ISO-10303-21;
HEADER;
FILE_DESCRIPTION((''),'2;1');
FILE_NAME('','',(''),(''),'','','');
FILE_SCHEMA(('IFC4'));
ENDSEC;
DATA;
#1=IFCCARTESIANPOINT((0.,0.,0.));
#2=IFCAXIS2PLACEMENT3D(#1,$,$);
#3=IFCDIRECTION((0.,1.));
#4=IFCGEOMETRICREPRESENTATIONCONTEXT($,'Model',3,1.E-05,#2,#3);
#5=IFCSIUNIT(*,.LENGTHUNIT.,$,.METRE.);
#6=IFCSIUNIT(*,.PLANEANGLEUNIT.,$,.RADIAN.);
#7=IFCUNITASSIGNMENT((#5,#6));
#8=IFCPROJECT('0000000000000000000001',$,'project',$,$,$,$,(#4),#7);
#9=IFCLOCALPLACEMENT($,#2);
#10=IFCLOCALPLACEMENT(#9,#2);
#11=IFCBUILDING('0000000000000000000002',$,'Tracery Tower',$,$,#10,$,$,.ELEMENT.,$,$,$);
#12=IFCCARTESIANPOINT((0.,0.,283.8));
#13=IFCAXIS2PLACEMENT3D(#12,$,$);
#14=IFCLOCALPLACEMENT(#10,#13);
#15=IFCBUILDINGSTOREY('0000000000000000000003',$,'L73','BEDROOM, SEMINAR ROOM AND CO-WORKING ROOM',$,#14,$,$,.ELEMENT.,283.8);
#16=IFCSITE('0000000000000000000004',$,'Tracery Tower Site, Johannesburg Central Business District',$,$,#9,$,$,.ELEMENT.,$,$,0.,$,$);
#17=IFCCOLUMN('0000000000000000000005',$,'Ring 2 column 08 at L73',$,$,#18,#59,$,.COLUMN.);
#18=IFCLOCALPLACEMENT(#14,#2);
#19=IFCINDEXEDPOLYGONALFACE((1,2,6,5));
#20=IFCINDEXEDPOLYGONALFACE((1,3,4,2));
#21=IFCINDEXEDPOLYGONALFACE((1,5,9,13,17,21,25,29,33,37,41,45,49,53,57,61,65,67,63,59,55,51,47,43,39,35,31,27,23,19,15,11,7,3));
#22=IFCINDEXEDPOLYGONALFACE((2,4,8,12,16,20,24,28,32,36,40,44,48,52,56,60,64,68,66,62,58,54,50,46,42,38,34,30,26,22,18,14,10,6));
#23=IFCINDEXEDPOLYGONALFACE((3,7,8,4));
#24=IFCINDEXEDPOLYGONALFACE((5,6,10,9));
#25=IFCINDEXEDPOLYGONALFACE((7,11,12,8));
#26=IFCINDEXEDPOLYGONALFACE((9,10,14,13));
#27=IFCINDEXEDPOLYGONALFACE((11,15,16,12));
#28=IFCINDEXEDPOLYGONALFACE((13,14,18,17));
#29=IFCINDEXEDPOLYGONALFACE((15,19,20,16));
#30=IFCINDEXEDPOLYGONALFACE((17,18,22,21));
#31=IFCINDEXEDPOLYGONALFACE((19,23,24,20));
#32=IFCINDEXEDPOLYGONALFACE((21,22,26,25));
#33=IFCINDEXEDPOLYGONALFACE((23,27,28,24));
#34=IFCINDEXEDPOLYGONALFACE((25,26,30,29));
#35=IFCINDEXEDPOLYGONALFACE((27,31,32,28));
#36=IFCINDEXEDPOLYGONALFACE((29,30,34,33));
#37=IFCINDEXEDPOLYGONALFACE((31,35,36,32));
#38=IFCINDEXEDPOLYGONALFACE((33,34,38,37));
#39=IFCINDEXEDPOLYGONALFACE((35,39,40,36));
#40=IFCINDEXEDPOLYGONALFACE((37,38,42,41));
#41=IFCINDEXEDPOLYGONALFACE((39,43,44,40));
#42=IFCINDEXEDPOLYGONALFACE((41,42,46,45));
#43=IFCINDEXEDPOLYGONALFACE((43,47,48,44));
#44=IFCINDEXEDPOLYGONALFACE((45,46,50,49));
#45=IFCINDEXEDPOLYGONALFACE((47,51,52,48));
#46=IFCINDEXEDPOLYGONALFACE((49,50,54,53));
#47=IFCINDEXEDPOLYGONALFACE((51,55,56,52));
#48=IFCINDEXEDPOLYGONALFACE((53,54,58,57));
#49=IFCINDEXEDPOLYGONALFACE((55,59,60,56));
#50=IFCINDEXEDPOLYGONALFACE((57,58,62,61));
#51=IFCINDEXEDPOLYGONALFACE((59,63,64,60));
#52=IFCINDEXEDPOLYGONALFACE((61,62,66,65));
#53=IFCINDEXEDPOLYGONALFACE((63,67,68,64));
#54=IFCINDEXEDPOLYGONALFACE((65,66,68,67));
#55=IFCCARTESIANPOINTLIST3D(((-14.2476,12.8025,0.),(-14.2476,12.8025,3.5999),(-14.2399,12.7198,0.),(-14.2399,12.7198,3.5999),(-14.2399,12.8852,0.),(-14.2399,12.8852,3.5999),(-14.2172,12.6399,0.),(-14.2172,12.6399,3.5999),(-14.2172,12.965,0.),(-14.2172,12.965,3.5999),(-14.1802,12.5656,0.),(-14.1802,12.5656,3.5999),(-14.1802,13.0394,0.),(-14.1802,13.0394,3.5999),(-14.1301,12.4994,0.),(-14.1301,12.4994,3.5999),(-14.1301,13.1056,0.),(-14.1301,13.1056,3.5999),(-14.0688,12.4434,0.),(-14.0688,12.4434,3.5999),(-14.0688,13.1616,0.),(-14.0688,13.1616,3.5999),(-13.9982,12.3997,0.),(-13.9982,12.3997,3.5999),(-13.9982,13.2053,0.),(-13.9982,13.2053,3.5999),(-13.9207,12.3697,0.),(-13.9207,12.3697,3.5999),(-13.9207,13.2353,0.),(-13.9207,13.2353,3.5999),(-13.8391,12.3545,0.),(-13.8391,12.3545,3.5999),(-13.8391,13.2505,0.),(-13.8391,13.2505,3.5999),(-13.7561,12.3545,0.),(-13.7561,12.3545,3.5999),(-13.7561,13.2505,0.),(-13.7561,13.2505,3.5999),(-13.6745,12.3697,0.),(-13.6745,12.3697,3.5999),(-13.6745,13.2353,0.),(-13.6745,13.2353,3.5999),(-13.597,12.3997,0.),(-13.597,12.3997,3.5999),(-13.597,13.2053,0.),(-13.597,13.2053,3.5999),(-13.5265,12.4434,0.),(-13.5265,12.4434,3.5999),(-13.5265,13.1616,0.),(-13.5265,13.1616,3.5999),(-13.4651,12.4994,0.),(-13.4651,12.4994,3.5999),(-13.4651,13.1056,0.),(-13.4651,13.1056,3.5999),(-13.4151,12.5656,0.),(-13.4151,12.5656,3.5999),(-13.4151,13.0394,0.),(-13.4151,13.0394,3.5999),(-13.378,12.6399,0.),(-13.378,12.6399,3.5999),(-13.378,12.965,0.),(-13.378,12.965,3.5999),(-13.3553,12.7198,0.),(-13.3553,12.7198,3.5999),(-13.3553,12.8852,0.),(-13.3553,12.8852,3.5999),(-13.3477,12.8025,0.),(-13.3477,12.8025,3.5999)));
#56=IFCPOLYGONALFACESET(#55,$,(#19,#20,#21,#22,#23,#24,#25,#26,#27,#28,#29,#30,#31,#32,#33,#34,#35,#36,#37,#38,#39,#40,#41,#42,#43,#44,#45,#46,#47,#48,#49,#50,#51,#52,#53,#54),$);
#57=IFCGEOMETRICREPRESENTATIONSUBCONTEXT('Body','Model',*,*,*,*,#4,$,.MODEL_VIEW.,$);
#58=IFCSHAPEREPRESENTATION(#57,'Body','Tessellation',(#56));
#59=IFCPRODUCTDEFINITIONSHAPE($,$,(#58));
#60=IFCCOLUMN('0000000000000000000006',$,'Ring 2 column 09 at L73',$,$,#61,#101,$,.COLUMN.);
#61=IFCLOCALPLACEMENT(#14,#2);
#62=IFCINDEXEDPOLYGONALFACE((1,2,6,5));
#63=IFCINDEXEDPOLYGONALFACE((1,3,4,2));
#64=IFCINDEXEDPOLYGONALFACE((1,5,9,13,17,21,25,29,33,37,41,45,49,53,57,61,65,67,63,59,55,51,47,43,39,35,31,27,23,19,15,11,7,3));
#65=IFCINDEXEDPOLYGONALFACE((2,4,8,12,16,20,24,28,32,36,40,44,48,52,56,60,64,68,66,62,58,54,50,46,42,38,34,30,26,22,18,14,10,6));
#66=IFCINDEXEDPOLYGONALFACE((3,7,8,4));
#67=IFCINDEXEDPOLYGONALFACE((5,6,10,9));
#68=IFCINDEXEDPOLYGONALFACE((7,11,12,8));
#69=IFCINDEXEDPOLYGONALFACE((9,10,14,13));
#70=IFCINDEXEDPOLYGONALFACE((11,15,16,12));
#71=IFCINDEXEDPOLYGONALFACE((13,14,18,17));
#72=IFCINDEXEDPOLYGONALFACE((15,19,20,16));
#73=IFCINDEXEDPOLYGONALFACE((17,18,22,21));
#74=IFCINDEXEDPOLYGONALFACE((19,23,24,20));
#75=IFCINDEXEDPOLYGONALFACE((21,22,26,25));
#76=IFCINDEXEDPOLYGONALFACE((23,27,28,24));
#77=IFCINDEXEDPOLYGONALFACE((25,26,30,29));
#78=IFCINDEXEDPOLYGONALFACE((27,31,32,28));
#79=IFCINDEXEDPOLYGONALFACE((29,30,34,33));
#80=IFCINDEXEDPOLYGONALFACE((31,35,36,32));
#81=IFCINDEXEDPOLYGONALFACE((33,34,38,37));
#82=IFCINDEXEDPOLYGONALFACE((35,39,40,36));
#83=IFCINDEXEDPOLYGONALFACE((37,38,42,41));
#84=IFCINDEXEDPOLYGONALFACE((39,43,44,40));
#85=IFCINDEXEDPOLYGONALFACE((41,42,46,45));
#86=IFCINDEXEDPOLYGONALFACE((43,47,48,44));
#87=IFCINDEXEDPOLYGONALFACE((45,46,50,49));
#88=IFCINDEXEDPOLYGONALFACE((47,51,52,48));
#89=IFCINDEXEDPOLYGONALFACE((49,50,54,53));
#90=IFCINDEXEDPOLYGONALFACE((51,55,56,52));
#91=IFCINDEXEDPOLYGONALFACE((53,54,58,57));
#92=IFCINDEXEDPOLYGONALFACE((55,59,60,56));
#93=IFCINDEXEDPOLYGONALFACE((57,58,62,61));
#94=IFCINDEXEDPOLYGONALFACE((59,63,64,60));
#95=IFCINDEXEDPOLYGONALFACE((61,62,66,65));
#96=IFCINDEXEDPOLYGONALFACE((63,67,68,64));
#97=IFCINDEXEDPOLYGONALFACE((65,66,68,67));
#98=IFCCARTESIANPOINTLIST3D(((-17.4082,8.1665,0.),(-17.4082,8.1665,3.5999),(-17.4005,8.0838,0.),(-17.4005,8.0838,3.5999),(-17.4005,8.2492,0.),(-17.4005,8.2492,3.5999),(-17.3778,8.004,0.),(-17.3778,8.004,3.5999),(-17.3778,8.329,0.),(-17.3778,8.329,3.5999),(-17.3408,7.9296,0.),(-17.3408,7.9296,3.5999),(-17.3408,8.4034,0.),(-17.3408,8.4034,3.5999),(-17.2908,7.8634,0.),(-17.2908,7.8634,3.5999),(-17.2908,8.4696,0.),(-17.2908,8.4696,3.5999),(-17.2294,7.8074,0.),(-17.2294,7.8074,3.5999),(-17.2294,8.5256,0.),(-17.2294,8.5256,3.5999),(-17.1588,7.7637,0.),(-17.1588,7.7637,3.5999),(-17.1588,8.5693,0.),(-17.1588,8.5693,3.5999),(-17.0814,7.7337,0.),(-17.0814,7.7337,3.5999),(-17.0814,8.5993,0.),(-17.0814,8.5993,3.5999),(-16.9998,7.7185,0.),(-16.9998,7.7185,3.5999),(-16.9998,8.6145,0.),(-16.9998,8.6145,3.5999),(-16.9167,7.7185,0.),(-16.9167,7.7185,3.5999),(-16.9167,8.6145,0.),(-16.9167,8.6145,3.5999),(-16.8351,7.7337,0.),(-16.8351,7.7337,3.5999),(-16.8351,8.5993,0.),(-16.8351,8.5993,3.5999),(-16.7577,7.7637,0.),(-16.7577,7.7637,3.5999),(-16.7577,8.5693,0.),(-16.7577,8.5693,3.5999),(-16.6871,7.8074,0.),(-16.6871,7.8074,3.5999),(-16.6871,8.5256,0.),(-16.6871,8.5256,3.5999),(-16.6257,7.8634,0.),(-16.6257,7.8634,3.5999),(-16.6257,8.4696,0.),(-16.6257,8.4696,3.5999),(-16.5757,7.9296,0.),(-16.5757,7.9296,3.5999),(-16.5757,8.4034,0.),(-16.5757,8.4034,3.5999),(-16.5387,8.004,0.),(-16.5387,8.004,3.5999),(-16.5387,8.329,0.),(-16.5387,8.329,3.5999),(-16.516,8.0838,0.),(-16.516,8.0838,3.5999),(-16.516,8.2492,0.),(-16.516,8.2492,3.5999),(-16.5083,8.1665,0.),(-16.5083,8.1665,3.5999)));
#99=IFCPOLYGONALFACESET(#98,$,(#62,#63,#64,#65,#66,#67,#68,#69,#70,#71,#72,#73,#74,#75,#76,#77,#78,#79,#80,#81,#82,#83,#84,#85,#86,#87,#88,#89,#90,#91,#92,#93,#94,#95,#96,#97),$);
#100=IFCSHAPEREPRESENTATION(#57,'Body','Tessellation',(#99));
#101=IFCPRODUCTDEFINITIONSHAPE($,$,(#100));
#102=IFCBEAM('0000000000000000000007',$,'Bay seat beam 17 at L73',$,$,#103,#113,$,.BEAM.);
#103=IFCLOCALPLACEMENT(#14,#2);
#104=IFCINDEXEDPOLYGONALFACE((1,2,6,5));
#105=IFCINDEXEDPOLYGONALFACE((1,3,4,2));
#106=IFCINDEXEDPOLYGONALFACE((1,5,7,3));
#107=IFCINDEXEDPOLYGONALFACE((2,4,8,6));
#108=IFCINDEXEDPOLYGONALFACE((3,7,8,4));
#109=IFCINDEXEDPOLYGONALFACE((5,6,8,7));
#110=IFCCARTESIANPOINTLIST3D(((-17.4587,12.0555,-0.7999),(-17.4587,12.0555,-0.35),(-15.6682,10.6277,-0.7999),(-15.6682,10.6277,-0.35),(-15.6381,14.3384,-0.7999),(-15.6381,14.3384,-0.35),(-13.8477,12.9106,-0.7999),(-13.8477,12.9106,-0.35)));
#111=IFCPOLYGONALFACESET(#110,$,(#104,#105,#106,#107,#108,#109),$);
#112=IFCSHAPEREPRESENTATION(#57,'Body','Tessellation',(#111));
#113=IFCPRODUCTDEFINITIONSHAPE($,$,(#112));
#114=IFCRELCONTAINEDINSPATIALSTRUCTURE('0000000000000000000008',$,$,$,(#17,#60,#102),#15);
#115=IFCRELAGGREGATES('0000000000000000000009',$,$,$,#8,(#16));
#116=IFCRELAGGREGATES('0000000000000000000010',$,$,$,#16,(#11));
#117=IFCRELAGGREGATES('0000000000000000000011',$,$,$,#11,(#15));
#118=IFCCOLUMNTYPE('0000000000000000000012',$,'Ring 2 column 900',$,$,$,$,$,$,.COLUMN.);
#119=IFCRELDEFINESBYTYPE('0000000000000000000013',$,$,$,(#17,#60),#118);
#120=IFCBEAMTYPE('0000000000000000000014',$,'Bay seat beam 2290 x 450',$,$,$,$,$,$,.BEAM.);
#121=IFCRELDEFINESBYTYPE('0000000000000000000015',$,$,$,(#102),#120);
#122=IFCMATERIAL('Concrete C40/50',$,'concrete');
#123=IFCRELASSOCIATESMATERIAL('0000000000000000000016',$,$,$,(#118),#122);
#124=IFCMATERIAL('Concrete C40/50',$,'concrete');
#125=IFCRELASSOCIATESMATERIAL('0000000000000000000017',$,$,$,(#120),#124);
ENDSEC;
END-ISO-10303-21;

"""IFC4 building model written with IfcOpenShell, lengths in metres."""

from ifc_helpers import new_model, si_unit, direction, frame, origin, origin_2d, place, context, subcontext, project, spatial, rectangle, circle, extrude, material, material_profile, profile_set, type_object, element, save


model = new_model("IFC4")

# Units and contexts
model_context = context("Model", 3, precision=1e-05, world=origin(), true_north=direction((0.0, 1.0)))
body_context = subcontext(model_context, "Body", "Model", "MODEL_VIEW")
ifc_project = project(units=[si_unit("LENGTHUNIT", "METRE"), si_unit("PLANEANGLEUNIT", "RADIAN")], contexts=[model_context])

# Site, building, storey
site_placement = place(None, origin())
site = spatial("IfcSite", under=ifc_project, at=site_placement, Name="Tracery Tower Site, Johannesburg Central Business District", CompositionType="ELEMENT", RefElevation=0.0)
building_placement = place(site_placement, origin())
building = spatial("IfcBuilding", under=site, at=building_placement, Name="Tracery Tower", CompositionType="ELEMENT")
storey_placement = place(building_placement, frame((0.0, 0.0, 283.8)))
storey = spatial("IfcBuildingStorey", under=building, at=storey_placement, Name="L73", Description="BEDROOM, SEMINAR ROOM AND CO-WORKING ROOM", CompositionType="ELEMENT", Elevation=283.8)

# Columns
ifc_material_1 = material(Name="Concrete C40/50", Category="concrete")
ifc_material_profile_1 = material_profile(ifc_material_1, circle(Radius=0.45, at=origin_2d()), Name="RC D900")
ifc_profile_set_1 = profile_set([ifc_material_profile_1], Name="Concrete C40/50")
column_type = type_object("IfcColumnType", Name="Ring 2 column 900", PredefinedType="COLUMN", material=ifc_profile_set_1)
for number, where, z_axis, x_axis, name in (
    (1, (-13.7976, 12.8025, 0.0), (0.0, 0.0, 1.0), (1.0, 0.0, 0.0), "Ring 2 column 08 at L73"),
    (2, (-16.9583, 8.1665, 0.0), (0.0, 0.0, 1.0), (1.0, 0.0, 0.0), "Ring 2 column 09 at L73"),
):
    element("IfcColumn", number, at=place(storey_placement, frame(where, z_axis=z_axis, x_axis=x_axis)), inside=storey, type_object=column_type, Name=name, PredefinedType="COLUMN", context=body_context, shape_type="SweptSolid", body=[
        extrude(circle(Radius=0.45, at=origin_2d()), origin(), (0.0, 0.0, 1.0), 3.5999),
    ])

# Beam
ifc_material_2 = material(Name="Concrete C40/50", Category="concrete")
ifc_material_profile_2 = material_profile(ifc_material_2, rectangle(XDim=2.29, YDim=0.45, at=origin_2d()), Name="RC 2290x450")
ifc_profile_set_2 = profile_set([ifc_material_profile_2], Name="Concrete C40/50")
beam_type = type_object("IfcBeamType", Name="Bay seat beam 2290 x 450", PredefinedType="BEAM", material=ifc_profile_set_2)
beam_placement = place(storey_placement, frame((-14.7429, 13.6245, -0.575), z_axis=(-0.623481, -0.781839, 0.0), x_axis=(0.781839, -0.623481, 0.0)))
element("IfcBeam", 3, at=beam_placement, inside=storey, type_object=beam_type, Name="Bay seat beam 17 at L73", PredefinedType="BEAM", context=body_context, shape_type="SweptSolid", body=[
    extrude(rectangle(XDim=2.29, YDim=0.45, at=origin_2d()), origin(), (0.0, 0.0, 1.0), 2.9199),
])

save(model, "model.ifc")
